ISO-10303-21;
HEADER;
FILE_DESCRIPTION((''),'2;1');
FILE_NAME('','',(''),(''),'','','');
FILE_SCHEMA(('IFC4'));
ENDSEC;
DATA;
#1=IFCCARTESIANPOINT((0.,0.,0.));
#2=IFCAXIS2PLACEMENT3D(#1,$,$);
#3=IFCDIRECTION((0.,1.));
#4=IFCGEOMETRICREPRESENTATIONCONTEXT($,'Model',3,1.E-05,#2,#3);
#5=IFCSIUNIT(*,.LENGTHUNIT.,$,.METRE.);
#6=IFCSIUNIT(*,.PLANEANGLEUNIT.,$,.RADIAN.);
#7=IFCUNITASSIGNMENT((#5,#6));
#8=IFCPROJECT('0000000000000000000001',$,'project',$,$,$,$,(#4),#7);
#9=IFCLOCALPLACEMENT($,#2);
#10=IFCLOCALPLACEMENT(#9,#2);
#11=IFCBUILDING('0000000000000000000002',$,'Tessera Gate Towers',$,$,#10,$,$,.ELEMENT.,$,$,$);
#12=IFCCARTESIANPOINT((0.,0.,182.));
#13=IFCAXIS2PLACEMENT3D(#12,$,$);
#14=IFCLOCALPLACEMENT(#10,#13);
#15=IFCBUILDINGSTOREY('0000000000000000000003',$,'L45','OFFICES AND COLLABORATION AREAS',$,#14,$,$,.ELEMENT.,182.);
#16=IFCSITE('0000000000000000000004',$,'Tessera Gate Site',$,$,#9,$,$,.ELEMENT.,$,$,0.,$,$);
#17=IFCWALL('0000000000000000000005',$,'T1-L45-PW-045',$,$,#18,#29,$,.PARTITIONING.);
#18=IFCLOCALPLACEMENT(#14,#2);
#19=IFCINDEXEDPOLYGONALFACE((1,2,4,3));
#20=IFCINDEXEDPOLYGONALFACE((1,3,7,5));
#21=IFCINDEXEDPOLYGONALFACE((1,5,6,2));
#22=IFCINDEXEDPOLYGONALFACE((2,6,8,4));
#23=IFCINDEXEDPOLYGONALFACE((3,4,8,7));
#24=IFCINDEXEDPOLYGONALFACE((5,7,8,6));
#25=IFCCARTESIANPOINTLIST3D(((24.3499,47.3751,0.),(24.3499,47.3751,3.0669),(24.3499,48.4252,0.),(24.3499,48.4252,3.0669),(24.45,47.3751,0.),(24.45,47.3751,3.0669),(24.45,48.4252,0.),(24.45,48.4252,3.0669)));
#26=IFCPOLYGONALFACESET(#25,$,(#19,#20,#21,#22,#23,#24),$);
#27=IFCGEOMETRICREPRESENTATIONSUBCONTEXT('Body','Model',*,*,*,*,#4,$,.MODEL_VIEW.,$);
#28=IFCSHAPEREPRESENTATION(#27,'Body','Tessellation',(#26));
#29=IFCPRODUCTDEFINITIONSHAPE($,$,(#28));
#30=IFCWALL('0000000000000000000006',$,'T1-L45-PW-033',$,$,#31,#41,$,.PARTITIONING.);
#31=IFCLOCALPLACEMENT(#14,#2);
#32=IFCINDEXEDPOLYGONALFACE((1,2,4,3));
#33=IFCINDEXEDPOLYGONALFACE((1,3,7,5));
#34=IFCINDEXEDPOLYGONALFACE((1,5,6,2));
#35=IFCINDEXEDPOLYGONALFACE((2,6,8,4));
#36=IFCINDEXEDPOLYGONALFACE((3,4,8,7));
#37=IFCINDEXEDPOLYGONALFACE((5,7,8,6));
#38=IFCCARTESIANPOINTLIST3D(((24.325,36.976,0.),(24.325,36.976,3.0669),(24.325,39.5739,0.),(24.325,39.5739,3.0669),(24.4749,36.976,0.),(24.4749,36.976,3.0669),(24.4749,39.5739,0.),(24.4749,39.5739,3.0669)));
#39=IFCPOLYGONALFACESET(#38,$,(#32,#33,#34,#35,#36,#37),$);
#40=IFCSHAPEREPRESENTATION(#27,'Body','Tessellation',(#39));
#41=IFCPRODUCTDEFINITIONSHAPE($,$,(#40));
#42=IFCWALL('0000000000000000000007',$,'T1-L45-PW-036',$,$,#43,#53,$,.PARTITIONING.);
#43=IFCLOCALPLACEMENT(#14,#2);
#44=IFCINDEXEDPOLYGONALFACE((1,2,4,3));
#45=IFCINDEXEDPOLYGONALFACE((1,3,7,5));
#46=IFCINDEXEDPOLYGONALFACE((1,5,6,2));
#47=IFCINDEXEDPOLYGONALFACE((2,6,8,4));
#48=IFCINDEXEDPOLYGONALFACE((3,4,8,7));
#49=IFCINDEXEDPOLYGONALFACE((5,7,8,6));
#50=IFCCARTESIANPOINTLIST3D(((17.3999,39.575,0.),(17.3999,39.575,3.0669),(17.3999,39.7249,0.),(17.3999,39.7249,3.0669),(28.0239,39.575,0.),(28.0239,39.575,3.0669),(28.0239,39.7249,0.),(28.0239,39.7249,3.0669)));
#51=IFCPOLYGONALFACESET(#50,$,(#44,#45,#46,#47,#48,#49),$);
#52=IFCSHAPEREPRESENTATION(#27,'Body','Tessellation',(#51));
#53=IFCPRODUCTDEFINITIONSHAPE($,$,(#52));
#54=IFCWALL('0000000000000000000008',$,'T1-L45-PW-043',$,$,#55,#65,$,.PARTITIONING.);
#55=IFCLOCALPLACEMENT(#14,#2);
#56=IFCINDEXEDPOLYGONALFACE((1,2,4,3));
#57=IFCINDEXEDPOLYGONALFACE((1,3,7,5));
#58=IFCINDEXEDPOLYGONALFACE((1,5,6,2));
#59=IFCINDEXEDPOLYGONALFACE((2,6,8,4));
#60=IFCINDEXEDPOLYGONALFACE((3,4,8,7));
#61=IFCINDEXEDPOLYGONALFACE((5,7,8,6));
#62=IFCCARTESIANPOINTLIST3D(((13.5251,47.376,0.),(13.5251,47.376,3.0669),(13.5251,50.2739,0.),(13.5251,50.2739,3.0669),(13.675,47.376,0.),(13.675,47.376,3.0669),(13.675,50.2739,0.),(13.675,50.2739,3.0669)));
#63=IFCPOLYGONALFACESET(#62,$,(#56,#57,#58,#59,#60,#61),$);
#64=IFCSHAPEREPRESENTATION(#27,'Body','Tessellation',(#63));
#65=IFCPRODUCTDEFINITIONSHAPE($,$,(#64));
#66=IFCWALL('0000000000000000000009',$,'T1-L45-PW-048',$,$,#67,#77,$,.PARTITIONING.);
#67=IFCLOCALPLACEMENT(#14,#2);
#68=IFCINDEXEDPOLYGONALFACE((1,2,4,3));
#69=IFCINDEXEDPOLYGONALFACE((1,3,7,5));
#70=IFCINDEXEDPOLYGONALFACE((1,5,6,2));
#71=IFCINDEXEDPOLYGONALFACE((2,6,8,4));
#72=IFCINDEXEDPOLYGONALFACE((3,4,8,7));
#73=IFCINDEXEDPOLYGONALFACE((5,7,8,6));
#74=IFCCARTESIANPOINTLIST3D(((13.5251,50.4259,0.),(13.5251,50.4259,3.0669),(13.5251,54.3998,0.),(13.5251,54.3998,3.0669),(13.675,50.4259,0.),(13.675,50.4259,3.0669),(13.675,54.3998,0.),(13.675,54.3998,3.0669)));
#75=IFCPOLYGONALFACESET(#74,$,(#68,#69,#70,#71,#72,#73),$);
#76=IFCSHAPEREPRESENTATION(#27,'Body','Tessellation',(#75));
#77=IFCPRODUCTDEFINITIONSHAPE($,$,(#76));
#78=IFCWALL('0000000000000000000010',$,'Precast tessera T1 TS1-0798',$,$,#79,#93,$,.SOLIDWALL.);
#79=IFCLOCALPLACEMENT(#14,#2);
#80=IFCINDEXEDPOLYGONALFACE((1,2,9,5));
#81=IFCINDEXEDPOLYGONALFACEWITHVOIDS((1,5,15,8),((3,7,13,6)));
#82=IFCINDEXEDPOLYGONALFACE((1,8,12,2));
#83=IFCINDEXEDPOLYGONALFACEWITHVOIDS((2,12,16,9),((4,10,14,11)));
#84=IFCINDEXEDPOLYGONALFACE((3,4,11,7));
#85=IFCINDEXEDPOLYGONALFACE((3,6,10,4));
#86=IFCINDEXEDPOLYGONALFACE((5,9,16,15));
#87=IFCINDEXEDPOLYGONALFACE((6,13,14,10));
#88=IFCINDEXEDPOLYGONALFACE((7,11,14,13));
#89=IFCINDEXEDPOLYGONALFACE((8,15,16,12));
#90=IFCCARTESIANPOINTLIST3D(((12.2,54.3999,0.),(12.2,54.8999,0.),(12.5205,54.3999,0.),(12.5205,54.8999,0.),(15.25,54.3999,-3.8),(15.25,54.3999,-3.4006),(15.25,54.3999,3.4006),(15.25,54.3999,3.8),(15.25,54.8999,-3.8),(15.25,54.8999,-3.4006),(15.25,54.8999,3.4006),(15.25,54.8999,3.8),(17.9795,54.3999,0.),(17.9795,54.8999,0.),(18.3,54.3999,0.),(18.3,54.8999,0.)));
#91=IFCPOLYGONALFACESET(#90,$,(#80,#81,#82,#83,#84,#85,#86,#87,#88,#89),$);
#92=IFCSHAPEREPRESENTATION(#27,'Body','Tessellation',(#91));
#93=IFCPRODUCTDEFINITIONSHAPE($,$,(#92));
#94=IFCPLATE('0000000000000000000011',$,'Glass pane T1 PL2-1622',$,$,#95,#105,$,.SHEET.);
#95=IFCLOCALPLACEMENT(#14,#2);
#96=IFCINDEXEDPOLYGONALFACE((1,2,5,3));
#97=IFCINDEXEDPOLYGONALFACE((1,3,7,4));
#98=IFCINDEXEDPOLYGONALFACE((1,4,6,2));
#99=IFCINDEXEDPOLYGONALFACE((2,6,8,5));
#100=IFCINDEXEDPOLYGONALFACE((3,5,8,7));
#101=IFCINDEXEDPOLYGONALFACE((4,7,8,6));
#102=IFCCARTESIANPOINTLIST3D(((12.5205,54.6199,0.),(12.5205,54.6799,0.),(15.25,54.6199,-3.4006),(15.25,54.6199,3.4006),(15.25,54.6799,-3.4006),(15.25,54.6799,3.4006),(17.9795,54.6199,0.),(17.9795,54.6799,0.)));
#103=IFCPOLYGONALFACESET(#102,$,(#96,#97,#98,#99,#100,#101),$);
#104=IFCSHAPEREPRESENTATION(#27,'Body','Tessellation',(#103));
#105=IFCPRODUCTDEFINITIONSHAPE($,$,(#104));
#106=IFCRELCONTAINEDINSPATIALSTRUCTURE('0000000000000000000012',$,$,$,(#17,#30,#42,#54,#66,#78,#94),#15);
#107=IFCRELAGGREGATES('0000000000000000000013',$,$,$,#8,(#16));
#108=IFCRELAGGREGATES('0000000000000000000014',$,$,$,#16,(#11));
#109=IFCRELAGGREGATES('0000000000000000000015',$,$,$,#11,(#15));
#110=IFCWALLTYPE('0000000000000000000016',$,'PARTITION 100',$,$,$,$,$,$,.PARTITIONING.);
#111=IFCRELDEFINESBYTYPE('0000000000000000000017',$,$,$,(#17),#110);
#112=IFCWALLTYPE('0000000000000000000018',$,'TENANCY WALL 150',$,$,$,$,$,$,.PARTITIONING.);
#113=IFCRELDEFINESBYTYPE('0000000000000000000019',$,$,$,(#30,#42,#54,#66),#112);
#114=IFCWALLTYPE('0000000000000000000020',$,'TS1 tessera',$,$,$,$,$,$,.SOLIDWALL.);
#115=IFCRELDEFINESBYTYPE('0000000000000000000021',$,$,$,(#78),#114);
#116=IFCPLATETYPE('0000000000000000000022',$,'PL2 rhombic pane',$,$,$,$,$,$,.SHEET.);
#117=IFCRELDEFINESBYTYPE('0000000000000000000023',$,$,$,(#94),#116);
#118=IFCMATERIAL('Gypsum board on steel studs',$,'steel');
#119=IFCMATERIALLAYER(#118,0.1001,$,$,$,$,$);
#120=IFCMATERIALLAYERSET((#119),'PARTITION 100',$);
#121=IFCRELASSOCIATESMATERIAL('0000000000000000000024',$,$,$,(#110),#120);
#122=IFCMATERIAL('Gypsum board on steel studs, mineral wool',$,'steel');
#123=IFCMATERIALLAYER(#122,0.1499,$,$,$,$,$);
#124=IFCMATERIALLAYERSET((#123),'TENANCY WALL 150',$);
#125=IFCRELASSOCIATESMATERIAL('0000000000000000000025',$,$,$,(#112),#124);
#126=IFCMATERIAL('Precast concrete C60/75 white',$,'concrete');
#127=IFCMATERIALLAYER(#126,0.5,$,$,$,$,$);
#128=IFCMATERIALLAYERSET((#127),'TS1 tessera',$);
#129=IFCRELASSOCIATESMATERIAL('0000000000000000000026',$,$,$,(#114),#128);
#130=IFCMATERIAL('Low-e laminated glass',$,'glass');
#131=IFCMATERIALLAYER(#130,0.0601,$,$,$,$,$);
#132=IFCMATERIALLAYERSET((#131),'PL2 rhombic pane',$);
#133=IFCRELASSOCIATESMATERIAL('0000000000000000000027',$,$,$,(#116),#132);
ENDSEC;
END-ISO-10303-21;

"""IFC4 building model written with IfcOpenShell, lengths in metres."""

from ifc_helpers import new_model, si_unit, direction, frame, frame_2d, origin, place, context, subcontext, project, spatial, polyline, rectangle, outline, extrude, source, transform, mapped, material, layer, layer_set, type_object, element, fill, save


model = new_model("IFC4")

# Units and contexts
model_context = context("Model", 3, precision=1e-05, world=origin(), true_north=direction((0.0, 1.0)))
body_context = subcontext(model_context, "Body", "Model", "MODEL_VIEW")
ifc_project = project(units=[si_unit("LENGTHUNIT", "METRE"), si_unit("PLANEANGLEUNIT", "RADIAN")], contexts=[model_context])

# Site, building, storey
site_placement = place(None, origin())
site = spatial("IfcSite", under=ifc_project, at=site_placement, Name="Tessera Gate Site", CompositionType="ELEMENT", RefElevation=0.0)
building_placement = place(site_placement, origin())
building = spatial("IfcBuilding", under=site, at=building_placement, Name="Tessera Gate Towers", CompositionType="ELEMENT")
storey_placement = place(building_placement, frame((0.0, 0.0, 182.0)))
storey = spatial("IfcBuildingStorey", under=building, at=storey_placement, Name="L45", Description="OFFICES AND COLLABORATION AREAS", CompositionType="ELEMENT", Elevation=182.0)

# Walls
ifc_material_1 = material(Name="Gypsum board on steel studs", Category="steel")
ifc_layer_1 = layer(ifc_material_1, 0.1001)
ifc_layer_set_1 = layer_set([ifc_layer_1], Name="PARTITION 100")
wall_type_1 = type_object("IfcWallType", Name="PARTITION 100", PredefinedType="PARTITIONING", material=ifc_layer_set_1)
wall_1_placement = place(storey_placement, frame((24.3999, 48.425, 0.0), z_axis=(0.0, 0.0, 1.0), x_axis=(0.0, -1.0, 0.0)))
element("IfcWall", 1, at=wall_1_placement, inside=storey, type_object=wall_type_1, Name="T1-L45-PW-045", PredefinedType="PARTITIONING", context=body_context, shape_type="SweptSolid", body=[
    extrude(rectangle(XDim=1.05, YDim=0.1001, at=frame_2d((0.5249, 0.0))), origin(), (0.0, 0.0, 1.0), 3.0669),
])
ifc_material_2 = material(Name="Gypsum board on steel studs, mineral wool", Category="steel")
ifc_layer_2 = layer(ifc_material_2, 0.1499)
ifc_layer_set_2 = layer_set([ifc_layer_2], Name="TENANCY WALL 150")
wall_type_2 = type_object("IfcWallType", Name="TENANCY WALL 150", PredefinedType="PARTITIONING", material=ifc_layer_set_2)
wall_2_placement = place(storey_placement, frame((24.3999, 36.9761, 0.0), z_axis=(0.0, 0.0, 1.0), x_axis=(0.0, 1.0, 0.0)))
element("IfcWall", 2, at=wall_2_placement, inside=storey, type_object=wall_type_2, Name="T1-L45-PW-033", PredefinedType="PARTITIONING", context=body_context, shape_type="SweptSolid", body=[
    extrude(rectangle(XDim=2.5979, YDim=0.1499, at=frame_2d((1.2988, 0.0))), origin(), (0.0, 0.0, 1.0), 3.0669),
])
wall_3_placement = place(storey_placement, frame((17.3999, 39.6499, 0.0), z_axis=(0.0, 0.0, 1.0), x_axis=(1.0, 0.0, 0.0)))
element("IfcWall", 3, at=wall_3_placement, inside=storey, type_object=wall_type_2, Name="T1-L45-PW-036", PredefinedType="PARTITIONING", context=body_context, shape_type="SweptSolid", body=[
    extrude(rectangle(XDim=10.624, YDim=0.1499, at=frame_2d((5.312, 0.0))), origin(), (0.0, 0.0, 1.0), 3.0669),
])
wall_4_placement = place(storey_placement, frame((13.6001, 47.376, 0.0), z_axis=(0.0, 0.0, 1.0), x_axis=(0.0, 1.0, 0.0)))
element("IfcWall", 4, at=wall_4_placement, inside=storey, type_object=wall_type_2, Name="T1-L45-PW-043", PredefinedType="PARTITIONING", context=body_context, shape_type="SweptSolid", body=[
    extrude(rectangle(XDim=2.8979, YDim=0.1499, at=frame_2d((1.449, 0.0))), origin(), (0.0, 0.0, 1.0), 3.0669),
])
wall_5_placement = place(storey_placement, frame((13.6001, 50.426, 0.0), z_axis=(0.0, 0.0, 1.0), x_axis=(0.0, 1.0, 0.0)))
element("IfcWall", 5, at=wall_5_placement, inside=storey, type_object=wall_type_2, Name="T1-L45-PW-048", PredefinedType="PARTITIONING", context=body_context, shape_type="SweptSolid", body=[
    extrude(rectangle(XDim=3.9739, YDim=0.1499, at=frame_2d((1.9868, 0.0))), origin(), (0.0, 0.0, 1.0), 3.0669),
])

# Wall, opening, plate
ifc_material_3 = material(Name="Precast concrete C60/75 white", Category="concrete")
ifc_layer_3 = layer(ifc_material_3, 0.5)
ifc_layer_set_3 = layer_set([ifc_layer_3], Name="TS1 tessera")
wall_type_3 = type_object("IfcWallType", Name="TS1 tessera", PredefinedType="SOLIDWALL", material=ifc_layer_set_3)
shared_shape_1 = source(origin(), body_context, "Body", "SweptSolid", [
    extrude(outline(polyline([(3.05, 0.0), (6.1001, 3.8), (3.05, 7.6001), (0.0, 3.8), (3.05, 0.0)])), frame((0.0, 0.25, 0.0), z_axis=(0.0, -1.0, 0.0), x_axis=(1.0, 0.0, 0.0)), (0.0, 0.0, 1.0), 0.5),
])
wall_6_placement = place(storey_placement, frame((18.3, 54.6499, -3.8), z_axis=(0.0, 0.0, 1.0), x_axis=(-1.0, 0.0, 0.0)))
wall_6 = element("IfcWall", 6, at=wall_6_placement, inside=storey, type_object=wall_type_3, Name="Precast tessera T1 TS1-0798", PredefinedType="SOLIDWALL", context=body_context, shape_type="MappedRepresentation", body=[
    mapped(shared_shape_1, transform((0.0, 0.0, 0.0), scale=1.0)),
])
shared_shape_2 = source(origin(), body_context, "Body", "SweptSolid", [
    extrude(outline(polyline([(3.05, 0.3994), (5.7795, 3.8), (3.05, 7.2007), (0.3206, 3.8), (3.05, 0.3994)])), frame((0.0, 0.26, 0.0), z_axis=(0.0, -1.0, 0.0), x_axis=(1.0, 0.0, 0.0)), (0.0, 0.0, 1.0), 0.52),
])
opening_1_placement = place(wall_6_placement, origin())
opening_1 = element("IfcOpeningElement", 7, at=opening_1_placement, cuts=wall_6, PredefinedType="OPENING", context=body_context, shape_type="MappedRepresentation", body=[
    mapped(shared_shape_2, transform((0.0, 0.0, 0.0), scale=1.0)),
])
ifc_material_4 = material(Name="Low-e laminated glass", Category="glass")
ifc_layer_4 = layer(ifc_material_4, 0.0601)
ifc_layer_set_4 = layer_set([ifc_layer_4], Name="PL2 rhombic pane")
plate_type = type_object("IfcPlateType", Name="PL2 rhombic pane", PredefinedType="SHEET", material=ifc_layer_set_4)
shared_shape_3 = source(origin(), body_context, "Body", "SweptSolid", [
    extrude(outline(polyline([(3.05, 0.3994), (5.7795, 3.8), (3.05, 7.2007), (0.3206, 3.8), (3.05, 0.3994)])), frame((0.0, 0.03, 0.0), z_axis=(0.0, -1.0, 0.0), x_axis=(1.0, 0.0, 0.0)), (0.0, 0.0, 1.0), 0.0601),
])
plate_placement = place(opening_1_placement, origin())
plate = element("IfcPlate", 8, at=plate_placement, inside=storey, type_object=plate_type, Name="Glass pane T1 PL2-1622", PredefinedType="SHEET", context=body_context, shape_type="MappedRepresentation", body=[
    mapped(shared_shape_3, transform((0.0, 0.0, 0.0), scale=1.0)),
])
fill(opening_1, plate)

save(model, "model.ifc")
